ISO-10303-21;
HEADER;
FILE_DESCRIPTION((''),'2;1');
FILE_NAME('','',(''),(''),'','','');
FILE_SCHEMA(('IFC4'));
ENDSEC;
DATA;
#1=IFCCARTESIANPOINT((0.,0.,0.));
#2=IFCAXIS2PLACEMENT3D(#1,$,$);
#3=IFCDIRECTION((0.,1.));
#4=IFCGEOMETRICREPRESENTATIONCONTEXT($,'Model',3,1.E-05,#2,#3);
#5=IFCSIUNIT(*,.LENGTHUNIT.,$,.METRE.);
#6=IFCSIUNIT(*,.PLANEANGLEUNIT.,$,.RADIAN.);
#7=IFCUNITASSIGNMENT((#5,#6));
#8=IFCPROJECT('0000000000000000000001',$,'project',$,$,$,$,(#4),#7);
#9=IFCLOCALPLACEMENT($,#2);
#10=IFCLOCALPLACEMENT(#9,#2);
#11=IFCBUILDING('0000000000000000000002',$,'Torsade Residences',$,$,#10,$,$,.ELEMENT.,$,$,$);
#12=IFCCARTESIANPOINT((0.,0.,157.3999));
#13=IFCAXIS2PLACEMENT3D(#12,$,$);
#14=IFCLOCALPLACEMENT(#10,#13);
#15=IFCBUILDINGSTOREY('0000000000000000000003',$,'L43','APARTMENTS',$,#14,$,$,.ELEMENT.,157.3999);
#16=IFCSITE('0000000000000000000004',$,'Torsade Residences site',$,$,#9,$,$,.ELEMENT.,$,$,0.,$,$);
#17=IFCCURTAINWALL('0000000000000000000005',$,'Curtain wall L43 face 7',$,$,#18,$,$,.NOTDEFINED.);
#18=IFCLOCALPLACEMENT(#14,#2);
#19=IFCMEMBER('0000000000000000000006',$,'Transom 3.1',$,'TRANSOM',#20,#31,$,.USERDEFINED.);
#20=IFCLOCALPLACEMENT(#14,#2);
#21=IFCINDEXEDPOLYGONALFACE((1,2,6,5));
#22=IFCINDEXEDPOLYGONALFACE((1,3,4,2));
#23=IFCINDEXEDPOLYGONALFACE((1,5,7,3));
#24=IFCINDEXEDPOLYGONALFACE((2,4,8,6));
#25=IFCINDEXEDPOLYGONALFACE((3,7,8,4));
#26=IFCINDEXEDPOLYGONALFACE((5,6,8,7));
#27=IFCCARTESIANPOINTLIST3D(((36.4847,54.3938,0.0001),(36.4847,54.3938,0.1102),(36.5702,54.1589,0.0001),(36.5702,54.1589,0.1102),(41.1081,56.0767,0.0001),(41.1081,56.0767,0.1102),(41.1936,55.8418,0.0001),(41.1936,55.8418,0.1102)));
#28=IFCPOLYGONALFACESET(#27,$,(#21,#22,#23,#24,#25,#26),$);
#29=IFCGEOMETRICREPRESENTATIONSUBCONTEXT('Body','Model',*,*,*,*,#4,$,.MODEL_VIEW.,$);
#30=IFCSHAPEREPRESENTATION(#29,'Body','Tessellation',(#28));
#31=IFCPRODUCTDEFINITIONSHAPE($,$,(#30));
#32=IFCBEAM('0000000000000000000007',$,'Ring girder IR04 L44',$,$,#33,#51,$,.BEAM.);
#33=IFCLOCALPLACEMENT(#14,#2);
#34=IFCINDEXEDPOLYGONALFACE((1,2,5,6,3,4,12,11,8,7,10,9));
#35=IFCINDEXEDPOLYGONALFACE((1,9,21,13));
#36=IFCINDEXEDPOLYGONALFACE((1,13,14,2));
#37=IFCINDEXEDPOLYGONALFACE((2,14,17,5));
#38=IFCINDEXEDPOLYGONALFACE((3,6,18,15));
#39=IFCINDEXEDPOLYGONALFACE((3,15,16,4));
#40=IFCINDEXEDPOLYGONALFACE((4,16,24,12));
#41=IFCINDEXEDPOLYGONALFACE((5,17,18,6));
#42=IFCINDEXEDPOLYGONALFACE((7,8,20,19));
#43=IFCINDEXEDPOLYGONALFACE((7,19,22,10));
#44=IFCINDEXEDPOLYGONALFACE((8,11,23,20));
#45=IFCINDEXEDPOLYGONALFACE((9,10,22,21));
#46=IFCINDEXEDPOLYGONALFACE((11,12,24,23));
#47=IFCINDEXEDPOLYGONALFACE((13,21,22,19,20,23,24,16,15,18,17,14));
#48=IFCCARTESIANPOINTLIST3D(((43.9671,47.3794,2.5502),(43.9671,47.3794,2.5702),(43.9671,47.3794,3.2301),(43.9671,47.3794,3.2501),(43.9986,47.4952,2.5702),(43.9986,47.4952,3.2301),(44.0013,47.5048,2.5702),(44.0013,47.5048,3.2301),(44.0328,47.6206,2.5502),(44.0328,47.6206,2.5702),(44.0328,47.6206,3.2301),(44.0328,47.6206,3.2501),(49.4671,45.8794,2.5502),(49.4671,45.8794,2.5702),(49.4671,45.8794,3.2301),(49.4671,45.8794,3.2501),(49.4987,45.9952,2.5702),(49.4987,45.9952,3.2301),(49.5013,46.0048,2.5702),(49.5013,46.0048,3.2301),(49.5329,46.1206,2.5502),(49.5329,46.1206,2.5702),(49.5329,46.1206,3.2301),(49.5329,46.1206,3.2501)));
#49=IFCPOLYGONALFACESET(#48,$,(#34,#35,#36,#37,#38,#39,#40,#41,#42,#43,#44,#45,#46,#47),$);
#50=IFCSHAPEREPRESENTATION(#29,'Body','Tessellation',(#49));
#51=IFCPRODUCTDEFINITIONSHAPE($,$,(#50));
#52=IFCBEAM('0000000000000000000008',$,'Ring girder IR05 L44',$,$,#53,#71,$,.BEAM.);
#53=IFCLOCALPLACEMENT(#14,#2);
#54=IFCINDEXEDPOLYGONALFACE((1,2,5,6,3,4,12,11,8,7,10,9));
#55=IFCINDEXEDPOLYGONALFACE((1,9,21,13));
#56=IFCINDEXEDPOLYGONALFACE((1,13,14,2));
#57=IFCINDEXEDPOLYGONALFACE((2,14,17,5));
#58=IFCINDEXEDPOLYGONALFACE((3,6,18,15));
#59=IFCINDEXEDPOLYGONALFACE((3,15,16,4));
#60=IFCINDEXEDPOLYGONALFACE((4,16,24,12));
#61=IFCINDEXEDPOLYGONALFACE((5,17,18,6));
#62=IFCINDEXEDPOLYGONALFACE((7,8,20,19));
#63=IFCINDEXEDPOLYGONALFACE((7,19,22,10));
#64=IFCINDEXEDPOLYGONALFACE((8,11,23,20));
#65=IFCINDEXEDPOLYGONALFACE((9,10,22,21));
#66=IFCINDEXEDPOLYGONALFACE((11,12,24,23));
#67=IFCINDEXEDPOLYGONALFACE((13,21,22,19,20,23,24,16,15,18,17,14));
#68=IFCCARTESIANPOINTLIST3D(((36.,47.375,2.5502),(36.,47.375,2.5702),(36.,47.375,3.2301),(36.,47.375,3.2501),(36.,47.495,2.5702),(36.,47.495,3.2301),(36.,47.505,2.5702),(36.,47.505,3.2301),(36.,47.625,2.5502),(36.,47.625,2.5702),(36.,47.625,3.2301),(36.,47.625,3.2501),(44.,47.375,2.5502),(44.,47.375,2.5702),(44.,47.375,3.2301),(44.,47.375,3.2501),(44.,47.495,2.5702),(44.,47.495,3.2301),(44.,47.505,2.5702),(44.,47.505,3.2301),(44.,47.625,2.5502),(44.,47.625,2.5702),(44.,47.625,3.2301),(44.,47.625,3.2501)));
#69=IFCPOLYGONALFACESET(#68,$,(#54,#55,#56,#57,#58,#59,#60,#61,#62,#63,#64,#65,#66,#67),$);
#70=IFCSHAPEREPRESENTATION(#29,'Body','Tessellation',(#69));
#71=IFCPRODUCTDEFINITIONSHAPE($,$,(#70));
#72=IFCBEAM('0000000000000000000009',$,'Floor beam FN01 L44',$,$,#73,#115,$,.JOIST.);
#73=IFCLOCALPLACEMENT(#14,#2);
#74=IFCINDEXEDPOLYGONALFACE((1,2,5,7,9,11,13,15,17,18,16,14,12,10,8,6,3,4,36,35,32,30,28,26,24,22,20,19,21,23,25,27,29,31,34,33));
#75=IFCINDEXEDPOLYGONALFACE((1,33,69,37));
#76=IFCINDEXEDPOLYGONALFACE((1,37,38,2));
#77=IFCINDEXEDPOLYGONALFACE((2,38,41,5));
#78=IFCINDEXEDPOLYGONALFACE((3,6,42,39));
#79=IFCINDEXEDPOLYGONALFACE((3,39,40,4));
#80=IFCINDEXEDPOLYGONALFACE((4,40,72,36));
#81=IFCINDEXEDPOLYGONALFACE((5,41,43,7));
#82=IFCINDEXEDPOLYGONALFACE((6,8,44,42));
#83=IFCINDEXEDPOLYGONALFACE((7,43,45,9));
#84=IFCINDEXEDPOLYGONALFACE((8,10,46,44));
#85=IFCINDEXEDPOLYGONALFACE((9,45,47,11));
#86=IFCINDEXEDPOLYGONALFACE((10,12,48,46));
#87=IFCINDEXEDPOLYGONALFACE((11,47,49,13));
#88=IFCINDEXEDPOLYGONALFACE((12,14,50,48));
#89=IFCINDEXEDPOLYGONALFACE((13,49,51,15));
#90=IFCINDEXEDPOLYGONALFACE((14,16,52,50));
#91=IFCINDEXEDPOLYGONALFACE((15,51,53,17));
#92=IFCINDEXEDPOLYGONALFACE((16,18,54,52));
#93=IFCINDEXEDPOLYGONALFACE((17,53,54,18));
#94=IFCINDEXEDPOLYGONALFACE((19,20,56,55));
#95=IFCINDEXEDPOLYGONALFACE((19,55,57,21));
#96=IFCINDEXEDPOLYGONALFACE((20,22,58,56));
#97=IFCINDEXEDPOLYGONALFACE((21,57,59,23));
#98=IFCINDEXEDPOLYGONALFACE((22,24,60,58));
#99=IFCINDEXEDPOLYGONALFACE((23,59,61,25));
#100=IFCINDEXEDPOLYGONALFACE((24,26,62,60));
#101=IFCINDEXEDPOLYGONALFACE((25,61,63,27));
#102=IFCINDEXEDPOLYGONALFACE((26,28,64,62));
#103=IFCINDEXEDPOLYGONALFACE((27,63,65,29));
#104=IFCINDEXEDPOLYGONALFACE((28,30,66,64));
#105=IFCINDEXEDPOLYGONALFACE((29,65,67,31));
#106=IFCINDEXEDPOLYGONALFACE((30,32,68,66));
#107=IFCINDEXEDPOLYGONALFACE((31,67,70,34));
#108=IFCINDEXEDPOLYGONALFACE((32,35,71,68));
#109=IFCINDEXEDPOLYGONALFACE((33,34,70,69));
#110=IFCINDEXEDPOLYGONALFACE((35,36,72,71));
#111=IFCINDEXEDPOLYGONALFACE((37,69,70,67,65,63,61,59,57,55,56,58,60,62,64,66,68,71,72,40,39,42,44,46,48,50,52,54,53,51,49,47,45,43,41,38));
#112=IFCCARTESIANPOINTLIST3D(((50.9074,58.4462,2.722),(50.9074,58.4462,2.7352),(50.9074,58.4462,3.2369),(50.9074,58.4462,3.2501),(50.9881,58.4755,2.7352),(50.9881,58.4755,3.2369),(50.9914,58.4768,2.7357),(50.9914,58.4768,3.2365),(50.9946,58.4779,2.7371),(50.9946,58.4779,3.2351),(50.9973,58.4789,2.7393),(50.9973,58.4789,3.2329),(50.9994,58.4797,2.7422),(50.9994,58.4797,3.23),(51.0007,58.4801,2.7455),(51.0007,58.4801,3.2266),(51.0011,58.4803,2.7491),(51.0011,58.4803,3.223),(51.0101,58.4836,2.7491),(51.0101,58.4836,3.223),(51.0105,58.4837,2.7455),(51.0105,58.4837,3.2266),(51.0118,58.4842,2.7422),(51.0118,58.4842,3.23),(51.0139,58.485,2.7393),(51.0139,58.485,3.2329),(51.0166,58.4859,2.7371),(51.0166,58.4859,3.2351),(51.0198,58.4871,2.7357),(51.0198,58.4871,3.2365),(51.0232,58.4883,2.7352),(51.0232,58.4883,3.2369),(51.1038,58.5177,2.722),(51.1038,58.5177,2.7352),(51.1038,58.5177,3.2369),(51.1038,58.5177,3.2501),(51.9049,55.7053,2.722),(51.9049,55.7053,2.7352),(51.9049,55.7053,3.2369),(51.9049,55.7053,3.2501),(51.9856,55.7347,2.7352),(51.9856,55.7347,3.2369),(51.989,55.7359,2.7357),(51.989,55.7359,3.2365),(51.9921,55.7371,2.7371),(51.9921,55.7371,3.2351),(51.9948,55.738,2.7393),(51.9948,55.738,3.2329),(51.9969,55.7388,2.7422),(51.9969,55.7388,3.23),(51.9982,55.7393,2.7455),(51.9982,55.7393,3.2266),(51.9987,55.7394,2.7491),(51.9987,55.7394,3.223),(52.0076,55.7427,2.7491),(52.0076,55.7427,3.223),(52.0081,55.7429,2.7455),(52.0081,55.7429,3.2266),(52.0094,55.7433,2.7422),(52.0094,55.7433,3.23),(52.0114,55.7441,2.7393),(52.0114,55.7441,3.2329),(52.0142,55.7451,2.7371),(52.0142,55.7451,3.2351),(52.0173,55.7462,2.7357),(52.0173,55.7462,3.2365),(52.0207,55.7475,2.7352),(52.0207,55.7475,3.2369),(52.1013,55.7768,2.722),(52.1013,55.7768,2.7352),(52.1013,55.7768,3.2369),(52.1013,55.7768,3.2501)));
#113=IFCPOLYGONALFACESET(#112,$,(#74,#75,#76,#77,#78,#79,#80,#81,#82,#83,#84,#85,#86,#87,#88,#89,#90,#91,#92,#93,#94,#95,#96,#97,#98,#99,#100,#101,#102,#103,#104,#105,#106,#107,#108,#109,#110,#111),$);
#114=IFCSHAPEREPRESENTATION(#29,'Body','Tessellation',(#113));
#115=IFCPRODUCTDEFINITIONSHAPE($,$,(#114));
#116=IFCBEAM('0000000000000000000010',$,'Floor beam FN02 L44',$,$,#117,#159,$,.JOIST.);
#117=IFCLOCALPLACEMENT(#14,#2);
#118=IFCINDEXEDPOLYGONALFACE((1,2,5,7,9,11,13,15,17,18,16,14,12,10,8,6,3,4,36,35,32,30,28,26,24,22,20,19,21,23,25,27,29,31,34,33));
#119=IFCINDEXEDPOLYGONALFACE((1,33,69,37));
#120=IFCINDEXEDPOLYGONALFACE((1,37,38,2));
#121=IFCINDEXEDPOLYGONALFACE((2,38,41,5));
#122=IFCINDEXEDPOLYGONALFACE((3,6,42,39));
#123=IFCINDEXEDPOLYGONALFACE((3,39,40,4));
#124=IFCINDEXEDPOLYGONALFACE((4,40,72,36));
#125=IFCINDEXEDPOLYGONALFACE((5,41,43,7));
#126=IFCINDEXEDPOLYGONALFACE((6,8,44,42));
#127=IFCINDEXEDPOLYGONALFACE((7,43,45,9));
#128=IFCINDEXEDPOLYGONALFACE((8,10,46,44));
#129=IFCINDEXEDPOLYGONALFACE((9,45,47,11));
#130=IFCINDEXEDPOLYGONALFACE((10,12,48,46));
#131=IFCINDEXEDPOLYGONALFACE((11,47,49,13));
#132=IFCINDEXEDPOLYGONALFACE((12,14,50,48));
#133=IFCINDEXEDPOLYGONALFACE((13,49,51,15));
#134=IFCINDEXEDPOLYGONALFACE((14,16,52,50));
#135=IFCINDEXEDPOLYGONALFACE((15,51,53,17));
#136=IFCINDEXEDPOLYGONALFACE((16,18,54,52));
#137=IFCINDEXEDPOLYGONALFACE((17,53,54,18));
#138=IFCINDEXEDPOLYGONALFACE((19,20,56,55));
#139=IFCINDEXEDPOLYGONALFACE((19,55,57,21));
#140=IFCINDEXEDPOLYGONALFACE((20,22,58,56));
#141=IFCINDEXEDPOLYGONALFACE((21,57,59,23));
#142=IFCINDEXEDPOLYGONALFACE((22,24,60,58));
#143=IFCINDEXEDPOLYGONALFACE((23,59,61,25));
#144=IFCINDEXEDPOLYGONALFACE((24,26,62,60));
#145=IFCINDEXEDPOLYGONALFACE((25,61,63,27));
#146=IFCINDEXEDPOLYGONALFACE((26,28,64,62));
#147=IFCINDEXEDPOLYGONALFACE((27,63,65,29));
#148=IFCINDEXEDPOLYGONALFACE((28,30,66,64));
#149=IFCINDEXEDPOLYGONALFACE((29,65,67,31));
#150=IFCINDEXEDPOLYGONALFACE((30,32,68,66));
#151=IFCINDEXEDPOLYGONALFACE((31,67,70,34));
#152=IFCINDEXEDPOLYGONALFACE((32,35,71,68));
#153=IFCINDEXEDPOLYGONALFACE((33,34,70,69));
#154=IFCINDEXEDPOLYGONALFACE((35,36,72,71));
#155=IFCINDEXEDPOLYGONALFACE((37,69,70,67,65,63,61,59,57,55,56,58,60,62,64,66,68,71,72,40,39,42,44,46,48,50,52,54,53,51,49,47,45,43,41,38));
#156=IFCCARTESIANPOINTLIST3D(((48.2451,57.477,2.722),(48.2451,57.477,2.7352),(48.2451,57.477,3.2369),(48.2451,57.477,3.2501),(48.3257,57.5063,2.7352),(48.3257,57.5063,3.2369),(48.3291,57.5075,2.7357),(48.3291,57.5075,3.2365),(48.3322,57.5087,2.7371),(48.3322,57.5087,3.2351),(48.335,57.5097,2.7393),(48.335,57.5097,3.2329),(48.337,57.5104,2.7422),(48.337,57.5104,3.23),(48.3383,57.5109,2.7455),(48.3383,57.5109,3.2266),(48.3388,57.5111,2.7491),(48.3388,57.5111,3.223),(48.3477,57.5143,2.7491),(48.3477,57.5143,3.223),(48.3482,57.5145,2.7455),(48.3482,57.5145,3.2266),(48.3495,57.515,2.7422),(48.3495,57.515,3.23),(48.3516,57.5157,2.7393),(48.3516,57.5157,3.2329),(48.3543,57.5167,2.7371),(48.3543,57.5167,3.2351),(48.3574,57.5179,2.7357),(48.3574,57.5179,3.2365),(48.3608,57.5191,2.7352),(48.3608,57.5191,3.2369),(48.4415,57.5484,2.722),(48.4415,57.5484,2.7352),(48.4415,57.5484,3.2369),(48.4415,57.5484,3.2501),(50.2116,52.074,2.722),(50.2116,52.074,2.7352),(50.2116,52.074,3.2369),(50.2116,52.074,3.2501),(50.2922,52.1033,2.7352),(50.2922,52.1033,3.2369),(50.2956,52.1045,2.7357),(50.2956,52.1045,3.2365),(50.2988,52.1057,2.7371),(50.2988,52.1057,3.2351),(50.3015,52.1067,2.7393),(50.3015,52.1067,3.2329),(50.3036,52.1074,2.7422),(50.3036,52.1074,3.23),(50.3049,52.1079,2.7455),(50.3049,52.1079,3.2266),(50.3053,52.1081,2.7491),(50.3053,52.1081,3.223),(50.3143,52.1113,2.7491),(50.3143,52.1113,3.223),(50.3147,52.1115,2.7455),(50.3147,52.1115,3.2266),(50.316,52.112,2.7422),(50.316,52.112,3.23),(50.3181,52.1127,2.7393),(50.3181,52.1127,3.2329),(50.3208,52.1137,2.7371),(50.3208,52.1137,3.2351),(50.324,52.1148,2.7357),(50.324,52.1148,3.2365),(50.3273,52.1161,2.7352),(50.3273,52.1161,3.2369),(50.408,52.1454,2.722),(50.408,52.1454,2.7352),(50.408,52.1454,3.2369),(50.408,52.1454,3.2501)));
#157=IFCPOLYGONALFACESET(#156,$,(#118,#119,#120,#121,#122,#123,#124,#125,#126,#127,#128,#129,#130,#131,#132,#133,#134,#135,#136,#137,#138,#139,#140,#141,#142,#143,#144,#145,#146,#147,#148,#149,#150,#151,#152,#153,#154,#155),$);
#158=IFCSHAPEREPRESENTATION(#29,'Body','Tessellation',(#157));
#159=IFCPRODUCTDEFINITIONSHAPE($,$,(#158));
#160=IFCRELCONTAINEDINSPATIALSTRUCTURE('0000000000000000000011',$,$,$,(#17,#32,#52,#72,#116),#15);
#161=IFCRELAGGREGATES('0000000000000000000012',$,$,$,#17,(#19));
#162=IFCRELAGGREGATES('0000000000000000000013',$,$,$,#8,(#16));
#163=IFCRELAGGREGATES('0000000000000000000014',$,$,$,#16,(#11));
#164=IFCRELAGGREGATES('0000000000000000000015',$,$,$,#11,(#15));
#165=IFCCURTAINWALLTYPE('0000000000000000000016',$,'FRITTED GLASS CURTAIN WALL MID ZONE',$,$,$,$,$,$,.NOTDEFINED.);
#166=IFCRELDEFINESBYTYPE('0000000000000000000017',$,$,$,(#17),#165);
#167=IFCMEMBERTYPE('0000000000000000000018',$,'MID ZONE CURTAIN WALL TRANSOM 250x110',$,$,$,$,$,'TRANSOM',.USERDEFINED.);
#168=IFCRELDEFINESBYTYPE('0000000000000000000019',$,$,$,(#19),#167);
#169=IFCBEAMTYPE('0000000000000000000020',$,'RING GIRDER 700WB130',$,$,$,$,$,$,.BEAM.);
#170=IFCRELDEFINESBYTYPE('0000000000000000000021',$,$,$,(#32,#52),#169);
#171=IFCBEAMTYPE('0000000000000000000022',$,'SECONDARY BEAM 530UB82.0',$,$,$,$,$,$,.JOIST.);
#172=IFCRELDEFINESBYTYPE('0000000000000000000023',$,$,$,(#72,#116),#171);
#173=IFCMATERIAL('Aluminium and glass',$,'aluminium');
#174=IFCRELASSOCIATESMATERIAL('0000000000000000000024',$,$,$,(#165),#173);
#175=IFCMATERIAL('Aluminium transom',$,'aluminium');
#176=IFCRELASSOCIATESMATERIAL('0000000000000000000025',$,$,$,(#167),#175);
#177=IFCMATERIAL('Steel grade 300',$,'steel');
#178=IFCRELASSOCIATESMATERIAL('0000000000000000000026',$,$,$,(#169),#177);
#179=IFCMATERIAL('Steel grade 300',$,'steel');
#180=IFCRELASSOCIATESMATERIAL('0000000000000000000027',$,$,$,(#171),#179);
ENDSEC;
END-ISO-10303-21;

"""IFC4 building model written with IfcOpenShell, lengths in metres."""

from ifc_helpers import new_model, si_unit, direction, frame, origin, origin_2d, place, context, subcontext, project, spatial, rectangle, i_section, extrude, material, material_profile, profile_set, type_object, element, aggregate, save


model = new_model("IFC4")

# Units and contexts
model_context = context("Model", 3, precision=1e-05, world=origin(), true_north=direction((0.0, 1.0)))
body_context = subcontext(model_context, "Body", "Model", "MODEL_VIEW")
ifc_project = project(units=[si_unit("LENGTHUNIT", "METRE"), si_unit("PLANEANGLEUNIT", "RADIAN")], contexts=[model_context])

# Site, building, storey
site_placement = place(None, origin())
site = spatial("IfcSite", under=ifc_project, at=site_placement, Name="Torsade Residences site", CompositionType="ELEMENT", RefElevation=0.0)
building_placement = place(site_placement, origin())
building = spatial("IfcBuilding", under=site, at=building_placement, Name="Torsade Residences", CompositionType="ELEMENT")
storey_placement = place(building_placement, frame((0.0, 0.0, 157.3999)))
storey = spatial("IfcBuildingStorey", under=building, at=storey_placement, Name="L43", Description="APARTMENTS", CompositionType="ELEMENT", Elevation=157.3999)

# Curtain wall, member
ifc_material_1 = material(Name="Aluminium and glass", Category="aluminium")
curtain_wall_type = type_object("IfcCurtainWallType", Name="FRITTED GLASS CURTAIN WALL MID ZONE", PredefinedType="NOTDEFINED", material=ifc_material_1)
curtain_wall_placement = place(storey_placement, origin())
curtain_wall = element("IfcCurtainWall", 1, at=curtain_wall_placement, inside=storey, type_object=curtain_wall_type, Name="Curtain wall L43 face 7", PredefinedType="NOTDEFINED")
ifc_material_2 = material(Name="Aluminium transom", Category="aluminium")
ifc_material_profile_1 = material_profile(ifc_material_2, rectangle(XDim=0.25, YDim=0.1101, at=origin_2d()), Name="MID ZONE CURTAIN WALL TRANSOM 250x110")
ifc_profile_set_1 = profile_set([ifc_material_profile_1], Name="Aluminium transom")
member_type_1 = type_object("IfcMemberType", Name="MID ZONE CURTAIN WALL TRANSOM 250x110", ElementType="TRANSOM", PredefinedType="USERDEFINED", material=ifc_profile_set_1)
member_1_placement = place(storey_placement, frame((41.1509, 55.9592, 0.0552), z_axis=(-0.939685, -0.342042, 0.0), x_axis=(0.342042, -0.939685, 0.0)))
member_1 = element("IfcMember", 2, at=member_1_placement, type_object=member_type_1, Name="Transom 3.1", ObjectType="TRANSOM", PredefinedType="USERDEFINED", context=body_context, shape_type="SweptSolid", body=[
    extrude(rectangle(XDim=0.25, YDim=0.1101, at=origin_2d()), origin(), (0.0, 0.0, 1.0), 4.9202),
])

# Beams
ifc_material_3 = material(Name="Steel grade 300", Category="steel")
ifc_material_profile_2 = material_profile(ifc_material_3, i_section(OverallWidth=0.25, OverallDepth=0.7, WebThickness=0.01, FlangeThickness=0.02, at=origin_2d()), Name="700WB130")
ifc_profile_set_2 = profile_set([ifc_material_profile_2], Name="Steel grade 300")
beam_type_1 = type_object("IfcBeamType", Name="RING GIRDER 700WB130", PredefinedType="BEAM", material=ifc_profile_set_2)
beam_1_placement = place(storey_placement, frame((49.5, 46.0, 2.9001), z_axis=(-0.964764, 0.263117, 0.0), x_axis=(-0.263117, -0.964764, 0.0)))
element("IfcBeam", 3, at=beam_1_placement, inside=storey, type_object=beam_type_1, Name="Ring girder IR04 L44", PredefinedType="BEAM", context=body_context, shape_type="SweptSolid", body=[
    extrude(i_section(OverallWidth=0.25, OverallDepth=0.7, WebThickness=0.01, FlangeThickness=0.02, at=origin_2d()), origin(), (0.0, 0.0, 1.0), 5.7009),
])
beam_2_placement = place(storey_placement, frame((44.0, 47.5, 2.9001), z_axis=(-1.0, 0.0, 0.0), x_axis=(0.0, -1.0, 0.0)))
element("IfcBeam", 4, at=beam_2_placement, inside=storey, type_object=beam_type_1, Name="Ring girder IR05 L44", PredefinedType="BEAM", context=body_context, shape_type="SweptSolid", body=[
    extrude(i_section(OverallWidth=0.25, OverallDepth=0.7, WebThickness=0.01, FlangeThickness=0.02, at=origin_2d()), origin(), (0.0, 0.0, 1.0), 8.0),
])
ifc_material_4 = material(Name="Steel grade 300", Category="steel")
ifc_material_profile_3 = material_profile(ifc_material_4, i_section(OverallWidth=0.209, OverallDepth=0.5281, WebThickness=0.0095, FlangeThickness=0.0132, FilletRadius=0.0139, at=origin_2d()), Name="530UB82.0")
ifc_profile_set_3 = profile_set([ifc_material_profile_3], Name="Steel grade 300")
beam_type_2 = type_object("IfcBeamType", Name="SECONDARY BEAM 530UB82.0", PredefinedType="JOIST", material=ifc_profile_set_3)
beam_3_placement = place(storey_placement, frame((51.0056, 58.4819, 2.9861), z_axis=(0.341998, -0.939701, 0.0), x_axis=(0.939701, 0.341998, 0.0)))
element("IfcBeam", 5, at=beam_3_placement, inside=storey, type_object=beam_type_2, Name="Floor beam FN01 L44", PredefinedType="JOIST", context=body_context, shape_type="SweptSolid", body=[
    extrude(i_section(OverallWidth=0.209, OverallDepth=0.5281, WebThickness=0.0095, FlangeThickness=0.0132, FilletRadius=0.0139, at=origin_2d()), origin(), (0.0, 0.0, 1.0), 2.9167),
])
beam_4_placement = place(storey_placement, frame((48.3433, 57.5127, 2.9861), z_axis=(0.342019, -0.939693, 0.0), x_axis=(0.939693, 0.342019, 0.0)))
element("IfcBeam", 6, at=beam_4_placement, inside=storey, type_object=beam_type_2, Name="Floor beam FN02 L44", PredefinedType="JOIST", context=body_context, shape_type="SweptSolid", body=[
    extrude(i_section(OverallWidth=0.209, OverallDepth=0.5281, WebThickness=0.0095, FlangeThickness=0.0132, FilletRadius=0.0139, at=origin_2d()), origin(), (0.0, 0.0, 1.0), 5.7498),
])

aggregate(curtain_wall, [member_1])

save(model, "model.ifc")
